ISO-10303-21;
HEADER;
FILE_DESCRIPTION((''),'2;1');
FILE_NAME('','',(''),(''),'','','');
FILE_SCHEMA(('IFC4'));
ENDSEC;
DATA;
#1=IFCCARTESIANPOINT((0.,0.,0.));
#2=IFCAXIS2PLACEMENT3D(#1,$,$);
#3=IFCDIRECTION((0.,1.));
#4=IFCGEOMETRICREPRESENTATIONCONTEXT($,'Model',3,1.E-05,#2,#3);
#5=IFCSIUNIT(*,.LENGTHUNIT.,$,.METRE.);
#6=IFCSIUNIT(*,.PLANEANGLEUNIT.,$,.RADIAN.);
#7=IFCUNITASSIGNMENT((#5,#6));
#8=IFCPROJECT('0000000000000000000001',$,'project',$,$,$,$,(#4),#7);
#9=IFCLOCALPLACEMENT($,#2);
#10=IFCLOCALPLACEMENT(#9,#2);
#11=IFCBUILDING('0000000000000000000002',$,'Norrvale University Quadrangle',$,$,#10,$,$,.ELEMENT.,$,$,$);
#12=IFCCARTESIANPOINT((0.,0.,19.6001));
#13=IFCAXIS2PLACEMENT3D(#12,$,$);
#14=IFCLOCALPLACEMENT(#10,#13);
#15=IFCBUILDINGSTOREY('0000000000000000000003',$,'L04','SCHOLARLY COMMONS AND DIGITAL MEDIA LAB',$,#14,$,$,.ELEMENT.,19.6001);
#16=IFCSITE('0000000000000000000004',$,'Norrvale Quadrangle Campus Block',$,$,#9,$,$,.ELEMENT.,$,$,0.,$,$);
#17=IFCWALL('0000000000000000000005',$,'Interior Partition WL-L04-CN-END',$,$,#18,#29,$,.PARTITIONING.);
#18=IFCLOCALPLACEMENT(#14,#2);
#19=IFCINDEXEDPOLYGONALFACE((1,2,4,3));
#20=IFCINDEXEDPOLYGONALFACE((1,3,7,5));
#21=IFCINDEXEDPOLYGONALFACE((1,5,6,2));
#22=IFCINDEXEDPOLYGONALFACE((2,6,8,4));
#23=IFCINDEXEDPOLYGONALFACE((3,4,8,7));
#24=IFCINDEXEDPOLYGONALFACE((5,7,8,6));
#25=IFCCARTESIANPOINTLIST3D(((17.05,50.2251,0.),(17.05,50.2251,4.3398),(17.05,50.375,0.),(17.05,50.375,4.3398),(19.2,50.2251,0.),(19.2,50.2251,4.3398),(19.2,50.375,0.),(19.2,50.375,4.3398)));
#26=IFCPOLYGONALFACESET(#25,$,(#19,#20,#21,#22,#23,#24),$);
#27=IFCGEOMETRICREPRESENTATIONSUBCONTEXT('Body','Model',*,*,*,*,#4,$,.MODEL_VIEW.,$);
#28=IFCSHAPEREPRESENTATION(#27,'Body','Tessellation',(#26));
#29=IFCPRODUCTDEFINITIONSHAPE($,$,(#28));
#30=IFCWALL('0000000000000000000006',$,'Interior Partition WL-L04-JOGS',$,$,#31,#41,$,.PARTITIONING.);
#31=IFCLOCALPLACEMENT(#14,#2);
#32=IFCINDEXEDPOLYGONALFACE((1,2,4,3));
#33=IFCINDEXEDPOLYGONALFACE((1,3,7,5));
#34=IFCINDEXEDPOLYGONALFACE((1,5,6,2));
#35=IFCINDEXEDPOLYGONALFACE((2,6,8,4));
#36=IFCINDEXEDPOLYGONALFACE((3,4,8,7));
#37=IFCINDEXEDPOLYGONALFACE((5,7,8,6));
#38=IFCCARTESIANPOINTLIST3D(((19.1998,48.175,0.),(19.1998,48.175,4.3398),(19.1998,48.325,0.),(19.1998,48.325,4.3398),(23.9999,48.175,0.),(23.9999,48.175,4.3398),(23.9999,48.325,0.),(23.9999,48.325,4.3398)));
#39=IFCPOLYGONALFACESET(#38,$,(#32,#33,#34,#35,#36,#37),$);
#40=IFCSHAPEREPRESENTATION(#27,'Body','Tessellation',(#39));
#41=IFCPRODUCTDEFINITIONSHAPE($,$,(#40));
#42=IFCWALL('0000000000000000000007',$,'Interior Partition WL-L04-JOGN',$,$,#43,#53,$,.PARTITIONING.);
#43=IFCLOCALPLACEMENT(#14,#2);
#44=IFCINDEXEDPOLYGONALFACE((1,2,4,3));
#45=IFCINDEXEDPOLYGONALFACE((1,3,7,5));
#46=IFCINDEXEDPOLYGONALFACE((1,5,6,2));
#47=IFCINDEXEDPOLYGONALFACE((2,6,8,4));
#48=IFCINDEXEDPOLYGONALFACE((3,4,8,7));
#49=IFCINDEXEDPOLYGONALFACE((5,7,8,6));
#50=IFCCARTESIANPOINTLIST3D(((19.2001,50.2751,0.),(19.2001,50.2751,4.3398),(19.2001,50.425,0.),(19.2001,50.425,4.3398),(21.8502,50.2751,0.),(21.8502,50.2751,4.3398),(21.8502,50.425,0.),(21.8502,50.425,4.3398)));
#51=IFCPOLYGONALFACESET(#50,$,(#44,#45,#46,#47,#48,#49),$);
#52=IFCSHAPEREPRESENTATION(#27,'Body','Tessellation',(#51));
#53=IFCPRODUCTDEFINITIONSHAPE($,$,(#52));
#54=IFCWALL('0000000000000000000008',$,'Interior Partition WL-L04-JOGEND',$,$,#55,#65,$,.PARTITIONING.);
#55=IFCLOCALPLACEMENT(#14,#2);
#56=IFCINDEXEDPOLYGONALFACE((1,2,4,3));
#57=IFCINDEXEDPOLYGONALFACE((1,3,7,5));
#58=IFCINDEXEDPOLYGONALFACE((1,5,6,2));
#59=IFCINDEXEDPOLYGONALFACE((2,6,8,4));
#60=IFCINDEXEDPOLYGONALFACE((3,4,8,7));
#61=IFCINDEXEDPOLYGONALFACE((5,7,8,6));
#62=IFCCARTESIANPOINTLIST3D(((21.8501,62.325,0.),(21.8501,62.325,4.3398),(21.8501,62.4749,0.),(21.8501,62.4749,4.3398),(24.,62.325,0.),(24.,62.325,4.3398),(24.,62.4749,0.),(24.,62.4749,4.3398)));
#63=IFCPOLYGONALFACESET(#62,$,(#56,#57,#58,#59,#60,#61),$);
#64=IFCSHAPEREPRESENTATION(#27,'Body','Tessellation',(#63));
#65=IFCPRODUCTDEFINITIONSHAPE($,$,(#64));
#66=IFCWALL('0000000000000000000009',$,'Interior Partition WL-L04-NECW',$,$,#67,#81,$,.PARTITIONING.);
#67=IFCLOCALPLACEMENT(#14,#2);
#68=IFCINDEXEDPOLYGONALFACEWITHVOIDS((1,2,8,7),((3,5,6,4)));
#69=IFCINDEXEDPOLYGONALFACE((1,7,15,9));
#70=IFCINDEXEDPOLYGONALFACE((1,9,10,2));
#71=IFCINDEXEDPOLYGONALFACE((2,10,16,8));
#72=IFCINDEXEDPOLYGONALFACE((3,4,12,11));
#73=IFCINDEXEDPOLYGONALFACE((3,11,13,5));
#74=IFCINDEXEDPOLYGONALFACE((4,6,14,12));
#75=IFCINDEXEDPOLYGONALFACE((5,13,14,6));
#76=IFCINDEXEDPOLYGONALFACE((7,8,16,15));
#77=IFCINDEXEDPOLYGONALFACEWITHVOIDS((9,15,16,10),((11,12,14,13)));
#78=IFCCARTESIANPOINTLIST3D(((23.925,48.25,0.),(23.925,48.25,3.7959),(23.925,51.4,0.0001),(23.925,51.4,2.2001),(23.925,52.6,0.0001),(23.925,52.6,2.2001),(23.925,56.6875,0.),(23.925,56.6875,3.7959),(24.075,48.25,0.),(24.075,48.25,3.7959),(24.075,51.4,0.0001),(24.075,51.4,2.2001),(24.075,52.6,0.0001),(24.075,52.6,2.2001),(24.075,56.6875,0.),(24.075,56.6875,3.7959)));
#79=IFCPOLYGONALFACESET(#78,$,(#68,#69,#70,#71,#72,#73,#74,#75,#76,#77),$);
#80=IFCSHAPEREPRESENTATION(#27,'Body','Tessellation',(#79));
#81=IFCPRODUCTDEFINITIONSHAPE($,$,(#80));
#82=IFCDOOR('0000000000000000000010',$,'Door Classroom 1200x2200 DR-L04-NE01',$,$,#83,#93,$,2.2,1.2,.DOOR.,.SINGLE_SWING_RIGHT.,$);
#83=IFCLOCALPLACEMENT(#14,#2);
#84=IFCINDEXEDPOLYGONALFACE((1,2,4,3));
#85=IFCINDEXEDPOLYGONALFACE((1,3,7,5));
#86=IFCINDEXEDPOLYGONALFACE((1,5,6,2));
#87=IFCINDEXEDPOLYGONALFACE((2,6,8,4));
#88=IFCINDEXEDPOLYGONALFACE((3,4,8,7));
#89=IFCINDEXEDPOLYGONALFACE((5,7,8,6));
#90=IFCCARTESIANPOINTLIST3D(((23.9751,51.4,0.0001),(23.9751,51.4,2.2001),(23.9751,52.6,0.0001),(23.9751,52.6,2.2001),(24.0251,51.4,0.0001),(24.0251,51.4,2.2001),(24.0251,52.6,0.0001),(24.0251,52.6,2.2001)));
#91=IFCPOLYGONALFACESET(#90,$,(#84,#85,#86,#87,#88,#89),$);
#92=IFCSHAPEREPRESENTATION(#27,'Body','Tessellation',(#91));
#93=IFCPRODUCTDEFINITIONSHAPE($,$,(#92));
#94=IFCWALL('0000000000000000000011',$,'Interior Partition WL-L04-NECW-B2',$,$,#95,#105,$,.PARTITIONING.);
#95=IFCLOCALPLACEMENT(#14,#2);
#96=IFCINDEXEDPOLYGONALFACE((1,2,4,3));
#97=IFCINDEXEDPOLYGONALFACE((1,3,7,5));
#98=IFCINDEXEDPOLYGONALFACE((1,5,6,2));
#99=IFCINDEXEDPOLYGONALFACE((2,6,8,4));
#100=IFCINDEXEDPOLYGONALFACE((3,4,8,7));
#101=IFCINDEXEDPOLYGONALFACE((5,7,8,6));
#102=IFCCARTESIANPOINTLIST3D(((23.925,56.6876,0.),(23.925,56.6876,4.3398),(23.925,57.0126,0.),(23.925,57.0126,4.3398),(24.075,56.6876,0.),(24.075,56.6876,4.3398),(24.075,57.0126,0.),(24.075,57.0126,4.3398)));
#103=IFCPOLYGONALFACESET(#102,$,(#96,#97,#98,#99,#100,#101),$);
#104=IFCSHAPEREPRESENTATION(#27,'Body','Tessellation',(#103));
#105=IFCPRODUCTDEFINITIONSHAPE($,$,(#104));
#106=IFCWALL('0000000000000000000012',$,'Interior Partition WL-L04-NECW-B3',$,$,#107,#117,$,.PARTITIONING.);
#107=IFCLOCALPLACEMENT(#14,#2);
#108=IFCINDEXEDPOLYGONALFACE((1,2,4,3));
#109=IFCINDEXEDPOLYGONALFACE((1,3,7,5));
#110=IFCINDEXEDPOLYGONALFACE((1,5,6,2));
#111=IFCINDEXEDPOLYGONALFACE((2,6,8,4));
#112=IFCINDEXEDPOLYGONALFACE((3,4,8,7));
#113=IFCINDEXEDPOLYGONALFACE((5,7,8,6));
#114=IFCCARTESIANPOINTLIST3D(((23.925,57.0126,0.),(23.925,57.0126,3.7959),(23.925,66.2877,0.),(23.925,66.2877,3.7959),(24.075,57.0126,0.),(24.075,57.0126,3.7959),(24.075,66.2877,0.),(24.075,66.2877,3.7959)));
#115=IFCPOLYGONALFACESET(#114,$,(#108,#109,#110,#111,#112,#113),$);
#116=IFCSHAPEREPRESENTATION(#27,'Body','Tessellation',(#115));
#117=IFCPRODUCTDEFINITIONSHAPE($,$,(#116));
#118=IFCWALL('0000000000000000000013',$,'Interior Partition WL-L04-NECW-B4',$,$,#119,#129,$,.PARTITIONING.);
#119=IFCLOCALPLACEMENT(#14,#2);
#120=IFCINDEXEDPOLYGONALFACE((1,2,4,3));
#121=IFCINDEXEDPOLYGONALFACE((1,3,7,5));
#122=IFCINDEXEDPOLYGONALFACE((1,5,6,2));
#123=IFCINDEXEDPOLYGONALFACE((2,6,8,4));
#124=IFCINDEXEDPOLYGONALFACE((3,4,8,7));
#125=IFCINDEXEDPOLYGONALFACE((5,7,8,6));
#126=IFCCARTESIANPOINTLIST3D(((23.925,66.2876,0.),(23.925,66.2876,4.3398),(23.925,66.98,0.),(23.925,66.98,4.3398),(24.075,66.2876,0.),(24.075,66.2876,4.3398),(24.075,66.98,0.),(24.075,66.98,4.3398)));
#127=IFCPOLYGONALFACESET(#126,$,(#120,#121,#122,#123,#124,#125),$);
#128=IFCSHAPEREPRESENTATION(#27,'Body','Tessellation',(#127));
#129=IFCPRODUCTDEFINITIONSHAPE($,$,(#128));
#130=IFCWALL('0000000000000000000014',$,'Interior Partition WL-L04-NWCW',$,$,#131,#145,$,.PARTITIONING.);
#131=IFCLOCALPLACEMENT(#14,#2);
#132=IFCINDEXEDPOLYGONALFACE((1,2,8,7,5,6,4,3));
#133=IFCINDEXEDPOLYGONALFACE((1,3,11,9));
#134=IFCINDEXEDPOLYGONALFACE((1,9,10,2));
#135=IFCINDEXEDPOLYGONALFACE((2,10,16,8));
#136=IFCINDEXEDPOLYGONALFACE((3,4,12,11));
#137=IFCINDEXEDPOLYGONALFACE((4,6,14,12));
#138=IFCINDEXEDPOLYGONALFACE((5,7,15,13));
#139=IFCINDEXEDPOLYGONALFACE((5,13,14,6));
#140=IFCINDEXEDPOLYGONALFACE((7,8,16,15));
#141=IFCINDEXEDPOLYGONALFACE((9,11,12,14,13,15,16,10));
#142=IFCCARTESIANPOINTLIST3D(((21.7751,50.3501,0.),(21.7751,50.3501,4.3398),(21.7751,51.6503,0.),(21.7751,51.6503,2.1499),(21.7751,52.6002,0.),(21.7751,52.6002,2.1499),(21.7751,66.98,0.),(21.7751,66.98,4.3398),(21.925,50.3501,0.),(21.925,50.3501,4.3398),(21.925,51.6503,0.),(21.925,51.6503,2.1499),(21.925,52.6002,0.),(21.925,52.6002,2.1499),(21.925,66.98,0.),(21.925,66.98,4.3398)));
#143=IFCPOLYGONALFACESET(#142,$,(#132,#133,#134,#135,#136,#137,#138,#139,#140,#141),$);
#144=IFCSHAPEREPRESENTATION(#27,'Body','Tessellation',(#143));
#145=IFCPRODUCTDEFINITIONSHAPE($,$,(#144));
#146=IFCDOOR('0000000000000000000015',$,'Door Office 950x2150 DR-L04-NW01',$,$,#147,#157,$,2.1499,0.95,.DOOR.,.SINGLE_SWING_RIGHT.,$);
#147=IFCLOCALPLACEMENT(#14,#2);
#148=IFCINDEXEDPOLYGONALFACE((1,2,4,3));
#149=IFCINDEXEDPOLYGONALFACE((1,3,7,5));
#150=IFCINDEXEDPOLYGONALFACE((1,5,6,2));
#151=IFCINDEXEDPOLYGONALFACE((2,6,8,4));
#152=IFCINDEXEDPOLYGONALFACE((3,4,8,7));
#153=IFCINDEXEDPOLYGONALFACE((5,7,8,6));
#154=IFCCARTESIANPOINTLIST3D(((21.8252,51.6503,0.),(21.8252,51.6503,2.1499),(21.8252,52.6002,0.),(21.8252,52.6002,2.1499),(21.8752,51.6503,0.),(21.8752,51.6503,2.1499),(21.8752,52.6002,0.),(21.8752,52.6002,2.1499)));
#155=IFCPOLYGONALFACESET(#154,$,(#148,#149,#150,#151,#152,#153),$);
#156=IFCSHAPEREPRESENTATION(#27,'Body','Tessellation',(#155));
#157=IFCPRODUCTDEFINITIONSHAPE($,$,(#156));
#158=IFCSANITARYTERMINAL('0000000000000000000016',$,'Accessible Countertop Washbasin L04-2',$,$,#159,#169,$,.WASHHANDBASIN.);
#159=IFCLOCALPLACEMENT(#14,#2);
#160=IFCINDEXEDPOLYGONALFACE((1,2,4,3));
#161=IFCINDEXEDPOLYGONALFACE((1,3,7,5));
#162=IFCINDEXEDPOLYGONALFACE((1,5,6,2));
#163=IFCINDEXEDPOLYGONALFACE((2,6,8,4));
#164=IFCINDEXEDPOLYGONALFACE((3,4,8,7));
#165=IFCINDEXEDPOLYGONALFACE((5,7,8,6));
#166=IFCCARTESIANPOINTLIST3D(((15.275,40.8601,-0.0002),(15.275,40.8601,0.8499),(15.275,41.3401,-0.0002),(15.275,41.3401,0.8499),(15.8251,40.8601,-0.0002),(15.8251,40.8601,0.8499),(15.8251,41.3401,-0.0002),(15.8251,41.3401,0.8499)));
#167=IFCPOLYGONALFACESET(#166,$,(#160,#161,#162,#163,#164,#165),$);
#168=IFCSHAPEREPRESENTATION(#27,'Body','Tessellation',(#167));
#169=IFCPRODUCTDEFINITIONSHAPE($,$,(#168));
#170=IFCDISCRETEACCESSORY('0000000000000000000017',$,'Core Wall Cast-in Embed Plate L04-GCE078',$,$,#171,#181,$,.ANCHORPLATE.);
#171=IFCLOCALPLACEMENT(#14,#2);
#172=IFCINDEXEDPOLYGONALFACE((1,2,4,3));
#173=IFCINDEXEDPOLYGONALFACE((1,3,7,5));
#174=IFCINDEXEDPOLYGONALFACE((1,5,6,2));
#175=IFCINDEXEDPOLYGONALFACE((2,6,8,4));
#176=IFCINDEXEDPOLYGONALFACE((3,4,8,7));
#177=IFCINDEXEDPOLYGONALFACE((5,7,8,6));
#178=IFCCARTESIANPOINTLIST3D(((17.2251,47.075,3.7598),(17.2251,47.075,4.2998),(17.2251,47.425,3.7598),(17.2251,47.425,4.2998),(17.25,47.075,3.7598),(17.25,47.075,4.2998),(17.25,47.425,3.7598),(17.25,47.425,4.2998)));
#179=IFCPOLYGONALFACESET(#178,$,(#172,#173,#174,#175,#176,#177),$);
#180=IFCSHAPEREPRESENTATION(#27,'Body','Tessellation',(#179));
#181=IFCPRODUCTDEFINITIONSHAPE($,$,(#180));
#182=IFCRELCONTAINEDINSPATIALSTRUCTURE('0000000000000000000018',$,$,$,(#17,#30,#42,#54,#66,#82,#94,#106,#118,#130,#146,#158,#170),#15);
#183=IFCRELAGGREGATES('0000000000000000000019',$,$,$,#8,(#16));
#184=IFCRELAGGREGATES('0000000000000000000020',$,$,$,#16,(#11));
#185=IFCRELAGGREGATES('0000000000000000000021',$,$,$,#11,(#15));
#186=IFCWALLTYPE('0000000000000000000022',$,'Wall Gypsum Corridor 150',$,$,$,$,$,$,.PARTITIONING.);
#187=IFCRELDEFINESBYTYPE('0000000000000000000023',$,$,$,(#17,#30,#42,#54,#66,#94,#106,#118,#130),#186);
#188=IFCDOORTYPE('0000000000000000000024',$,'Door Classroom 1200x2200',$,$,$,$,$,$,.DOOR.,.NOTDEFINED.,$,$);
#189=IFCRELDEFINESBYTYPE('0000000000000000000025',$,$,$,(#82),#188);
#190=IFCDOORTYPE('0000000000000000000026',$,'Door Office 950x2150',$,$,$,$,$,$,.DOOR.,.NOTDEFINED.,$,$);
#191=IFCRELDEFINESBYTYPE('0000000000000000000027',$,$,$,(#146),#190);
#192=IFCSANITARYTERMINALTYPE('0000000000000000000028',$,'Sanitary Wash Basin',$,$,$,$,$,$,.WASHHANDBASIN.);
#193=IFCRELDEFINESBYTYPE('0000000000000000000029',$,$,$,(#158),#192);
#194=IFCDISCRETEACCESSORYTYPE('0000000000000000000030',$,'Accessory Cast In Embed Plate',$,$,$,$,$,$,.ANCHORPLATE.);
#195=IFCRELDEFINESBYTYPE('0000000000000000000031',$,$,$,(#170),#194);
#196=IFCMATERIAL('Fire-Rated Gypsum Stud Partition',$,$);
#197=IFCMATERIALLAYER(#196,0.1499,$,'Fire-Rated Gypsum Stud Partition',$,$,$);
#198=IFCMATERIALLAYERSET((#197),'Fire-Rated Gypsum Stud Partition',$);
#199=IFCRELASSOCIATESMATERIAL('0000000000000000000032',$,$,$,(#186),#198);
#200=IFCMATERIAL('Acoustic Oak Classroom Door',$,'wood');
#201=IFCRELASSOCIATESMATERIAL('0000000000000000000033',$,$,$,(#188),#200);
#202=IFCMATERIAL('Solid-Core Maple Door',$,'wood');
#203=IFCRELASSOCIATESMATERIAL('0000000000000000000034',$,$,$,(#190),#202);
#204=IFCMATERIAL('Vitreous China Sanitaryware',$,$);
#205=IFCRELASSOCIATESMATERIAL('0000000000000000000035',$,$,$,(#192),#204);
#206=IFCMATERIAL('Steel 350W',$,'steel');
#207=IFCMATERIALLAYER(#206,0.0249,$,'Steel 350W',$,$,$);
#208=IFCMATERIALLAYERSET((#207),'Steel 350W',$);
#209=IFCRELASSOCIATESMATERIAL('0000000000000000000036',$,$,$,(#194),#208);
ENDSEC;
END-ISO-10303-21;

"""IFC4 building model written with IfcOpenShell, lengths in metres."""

from ifc_helpers import new_model, si_unit, direction, frame, frame_2d, origin, origin_2d, place, context, subcontext, project, spatial, rectangle, extrude, material, layer, layer_set, type_object, element, fill, save


model = new_model("IFC4")

# Units and contexts
model_context = context("Model", 3, precision=1e-05, world=origin(), true_north=direction((0.0, 1.0)))
body_context = subcontext(model_context, "Body", "Model", "MODEL_VIEW")
ifc_project = project(units=[si_unit("LENGTHUNIT", "METRE"), si_unit("PLANEANGLEUNIT", "RADIAN")], contexts=[model_context])

# Site, building, storey
site_placement = place(None, origin())
site = spatial("IfcSite", under=ifc_project, at=site_placement, Name="Norrvale Quadrangle Campus Block", CompositionType="ELEMENT", RefElevation=0.0)
building_placement = place(site_placement, origin())
building = spatial("IfcBuilding", under=site, at=building_placement, Name="Norrvale University Quadrangle", CompositionType="ELEMENT")
storey_placement = place(building_placement, frame((0.0, 0.0, 19.6001)))
storey = spatial("IfcBuildingStorey", under=building, at=storey_placement, Name="L04", Description="SCHOLARLY COMMONS AND DIGITAL MEDIA LAB", CompositionType="ELEMENT", Elevation=19.6001)

# Shared definitions
ifc_material_1 = material(Name="Steel 350W", Category="steel")

# Walls
ifc_material_2 = material(Name="Fire-Rated Gypsum Stud Partition")
ifc_layer_1 = layer(ifc_material_2, 0.1499, Name="Fire-Rated Gypsum Stud Partition")
ifc_layer_set_1 = layer_set([ifc_layer_1], Name="Fire-Rated Gypsum Stud Partition")
wall_type = type_object("IfcWallType", Name="Wall Gypsum Corridor 150", PredefinedType="PARTITIONING", material=ifc_layer_set_1)
wall_1_placement = place(storey_placement, frame((17.05, 50.3, 0.0), z_axis=(0.0, 0.0, 1.0), x_axis=(1.0, 0.0, 0.0)))
element("IfcWall", 1, at=wall_1_placement, inside=storey, type_object=wall_type, Name="Interior Partition WL-L04-CN-END", PredefinedType="PARTITIONING", context=body_context, shape_type="SweptSolid", body=[
    extrude(rectangle(XDim=2.1499, YDim=0.1499, at=frame_2d((1.075, 0.0))), origin(), (0.0, 0.0, 1.0), 4.3398),
])
wall_2_placement = place(storey_placement, frame((19.2, 48.25, 0.0), z_axis=(0.0, 0.0, 1.0), x_axis=(1.0, 0.0, 0.0)))
element("IfcWall", 2, at=wall_2_placement, inside=storey, type_object=wall_type, Name="Interior Partition WL-L04-JOGS", PredefinedType="PARTITIONING", context=body_context, shape_type="SweptSolid", body=[
    extrude(rectangle(XDim=4.8, YDim=0.1499, at=frame_2d((2.3999, 0.0))), origin(), (0.0, 0.0, 1.0), 4.3398),
])
wall_3_placement = place(storey_placement, frame((19.2, 50.3501, 0.0), z_axis=(0.0, 0.0, 1.0), x_axis=(1.0, 0.0, 0.0)))
element("IfcWall", 3, at=wall_3_placement, inside=storey, type_object=wall_type, Name="Interior Partition WL-L04-JOGN", PredefinedType="PARTITIONING", context=body_context, shape_type="SweptSolid", body=[
    extrude(rectangle(XDim=2.6501, YDim=0.1499, at=frame_2d((1.3252, 0.0))), origin(), (0.0, 0.0, 1.0), 4.3398),
])
wall_4_placement = place(storey_placement, frame((21.8501, 62.3999, 0.0), z_axis=(0.0, 0.0, 1.0), x_axis=(1.0, 0.0, 0.0)))
element("IfcWall", 4, at=wall_4_placement, inside=storey, type_object=wall_type, Name="Interior Partition WL-L04-JOGEND", PredefinedType="PARTITIONING", context=body_context, shape_type="SweptSolid", body=[
    extrude(rectangle(XDim=2.1499, YDim=0.1499, at=frame_2d((1.075, 0.0))), origin(), (0.0, 0.0, 1.0), 4.3398),
])

# Wall, opening, door
wall_5_placement = place(storey_placement, frame((24.0, 48.25, 0.0), z_axis=(0.0, 0.0, 1.0), x_axis=(0.0, 1.0, 0.0)))
wall_5 = element("IfcWall", 5, at=wall_5_placement, inside=storey, type_object=wall_type, Name="Interior Partition WL-L04-NECW", PredefinedType="PARTITIONING", context=body_context, shape_type="SweptSolid", body=[
    extrude(rectangle(XDim=8.4375, YDim=0.1499, at=frame_2d((4.2188, 0.0))), origin(), (0.0, 0.0, 1.0), 3.7959),
])
opening_1_placement = place(wall_5_placement, frame((3.1499, 0.0, 0.0)))
opening_1 = element("IfcOpeningElement", 6, at=opening_1_placement, cuts=wall_5, PredefinedType="OPENING", context=body_context, shape_type="SweptSolid", body=[
    extrude(rectangle(XDim=1.2, YDim=2.2, at=frame_2d((0.6001, 1.1001))), frame((0.0, 0.0869, 0.0), z_axis=(0.0, -1.0, 0.0), x_axis=(1.0, 0.0, 0.0)), (0.0, 0.0, 1.0), 0.1738),
])
ifc_material_3 = material(Name="Acoustic Oak Classroom Door", Category="wood")
door_type_1 = type_object("IfcDoorType", Name="Door Classroom 1200x2200", OperationType="NOTDEFINED", PredefinedType="DOOR", material=ifc_material_3)
door_1_placement = place(opening_1_placement, origin())
door_1 = element("IfcDoor", 7, at=door_1_placement, inside=storey, type_object=door_type_1, Name="Door Classroom 1200x2200 DR-L04-NE01", OperationType="SINGLE_SWING_RIGHT", OverallHeight=2.2, OverallWidth=1.2, PredefinedType="DOOR", context=body_context, shape_type="SweptSolid", body=[
    extrude(rectangle(XDim=1.2, YDim=2.2, at=frame_2d((0.6001, 1.1001))), frame((0.0, 0.0249, 0.0), z_axis=(0.0, -1.0, 0.0), x_axis=(1.0, 0.0, 0.0)), (0.0, 0.0, 1.0), 0.05),
])
fill(opening_1, door_1)

# Walls
wall_6_placement = place(storey_placement, frame((24.0, 56.6875, 0.0), z_axis=(0.0, 0.0, 1.0), x_axis=(0.0, 1.0, 0.0)))
element("IfcWall", 8, at=wall_6_placement, inside=storey, type_object=wall_type, Name="Interior Partition WL-L04-NECW-B2", PredefinedType="PARTITIONING", context=body_context, shape_type="SweptSolid", body=[
    extrude(rectangle(XDim=0.325, YDim=0.1499, at=frame_2d((0.1626, 0.0))), origin(), (0.0, 0.0, 1.0), 4.3398),
])
wall_7_placement = place(storey_placement, frame((24.0, 57.0125, 0.0), z_axis=(0.0, 0.0, 1.0), x_axis=(0.0, 1.0, 0.0)))
element("IfcWall", 9, at=wall_7_placement, inside=storey, type_object=wall_type, Name="Interior Partition WL-L04-NECW-B3", PredefinedType="PARTITIONING", context=body_context, shape_type="SweptSolid", body=[
    extrude(rectangle(XDim=9.2751, YDim=0.1499, at=frame_2d((4.6377, 0.0))), origin(), (0.0, 0.0, 1.0), 3.7959),
])
wall_8_placement = place(storey_placement, frame((24.0, 66.2876, 0.0), z_axis=(0.0, 0.0, 1.0), x_axis=(0.0, 1.0, 0.0)))
element("IfcWall", 10, at=wall_8_placement, inside=storey, type_object=wall_type, Name="Interior Partition WL-L04-NECW-B4", PredefinedType="PARTITIONING", context=body_context, shape_type="SweptSolid", body=[
    extrude(rectangle(XDim=0.6924, YDim=0.1499, at=frame_2d((0.3462, 0.0))), origin(), (0.0, 0.0, 1.0), 4.3398),
])

# Wall, opening, door
wall_9_placement = place(storey_placement, frame((21.8501, 50.3501, 0.0), z_axis=(0.0, 0.0, 1.0), x_axis=(0.0, 1.0, 0.0)))
wall_9 = element("IfcWall", 11, at=wall_9_placement, inside=storey, type_object=wall_type, Name="Interior Partition WL-L04-NWCW", PredefinedType="PARTITIONING", context=body_context, shape_type="SweptSolid", body=[
    extrude(rectangle(XDim=16.6299, YDim=0.1499, at=frame_2d((8.3149, 0.0))), origin(), (0.0, 0.0, 1.0), 4.3398),
])
opening_2_placement = place(wall_9_placement, frame((1.3, 0.0, 0.0)))
opening_2 = element("IfcOpeningElement", 12, at=opening_2_placement, cuts=wall_9, PredefinedType="OPENING", context=body_context, shape_type="SweptSolid", body=[
    extrude(rectangle(XDim=0.95, YDim=2.1499, at=frame_2d((0.4751, 1.075))), frame((0.0, 0.0869, 0.0), z_axis=(0.0, -1.0, 0.0), x_axis=(1.0, 0.0, 0.0)), (0.0, 0.0, 1.0), 0.1738),
])
ifc_material_4 = material(Name="Solid-Core Maple Door", Category="wood")
door_type_2 = type_object("IfcDoorType", Name="Door Office 950x2150", OperationType="NOTDEFINED", PredefinedType="DOOR", material=ifc_material_4)
door_2_placement = place(opening_2_placement, origin())
door_2 = element("IfcDoor", 13, at=door_2_placement, inside=storey, type_object=door_type_2, Name="Door Office 950x2150 DR-L04-NW01", OperationType="SINGLE_SWING_RIGHT", OverallHeight=2.1499, OverallWidth=0.95, PredefinedType="DOOR", context=body_context, shape_type="SweptSolid", body=[
    extrude(rectangle(XDim=0.95, YDim=2.1499, at=frame_2d((0.4751, 1.075))), frame((0.0, 0.0249, 0.0), z_axis=(0.0, -1.0, 0.0), x_axis=(1.0, 0.0, 0.0)), (0.0, 0.0, 1.0), 0.05),
])
fill(opening_2, door_2)

# Sanitary terminal
ifc_material_5 = material(Name="Vitreous China Sanitaryware")
sanitary_terminal_type = type_object("IfcSanitaryTerminalType", Name="Sanitary Wash Basin", PredefinedType="WASHHANDBASIN", material=ifc_material_5)
sanitary_terminal_placement = place(storey_placement, frame((15.55, 41.1001, -0.0002), z_axis=(0.0, 0.0, 1.0), x_axis=(1.0, 0.0, 0.0)))
element("IfcSanitaryTerminal", 14, at=sanitary_terminal_placement, inside=storey, type_object=sanitary_terminal_type, Name="Accessible Countertop Washbasin L04-2", PredefinedType="WASHHANDBASIN", context=body_context, shape_type="SweptSolid", body=[
    extrude(rectangle(XDim=0.55, YDim=0.48, at=origin_2d()), origin(), (0.0, 0.0, 1.0), 0.8501),
])

# Discrete accessory
ifc_layer_2 = layer(ifc_material_1, 0.0249, Name="Steel 350W")
ifc_layer_set_2 = layer_set([ifc_layer_2], Name="Steel 350W")
discrete_accessory_type = type_object("IfcDiscreteAccessoryType", Name="Accessory Cast In Embed Plate", PredefinedType="ANCHORPLATE", material=ifc_layer_set_2)
discrete_accessory_placement = place(storey_placement, frame((17.2375, 47.25, 3.7598), z_axis=(0.0, 0.0, 1.0), x_axis=(1.0, 0.0, 0.0)))
element("IfcDiscreteAccessory", 15, at=discrete_accessory_placement, inside=storey, type_object=discrete_accessory_type, Name="Core Wall Cast-in Embed Plate L04-GCE078", PredefinedType="ANCHORPLATE", context=body_context, shape_type="SweptSolid", body=[
    extrude(rectangle(XDim=0.0249, YDim=0.3501, at=origin_2d()), origin(), (0.0, 0.0, 1.0), 0.54),
])

save(model, "model.ifc")
